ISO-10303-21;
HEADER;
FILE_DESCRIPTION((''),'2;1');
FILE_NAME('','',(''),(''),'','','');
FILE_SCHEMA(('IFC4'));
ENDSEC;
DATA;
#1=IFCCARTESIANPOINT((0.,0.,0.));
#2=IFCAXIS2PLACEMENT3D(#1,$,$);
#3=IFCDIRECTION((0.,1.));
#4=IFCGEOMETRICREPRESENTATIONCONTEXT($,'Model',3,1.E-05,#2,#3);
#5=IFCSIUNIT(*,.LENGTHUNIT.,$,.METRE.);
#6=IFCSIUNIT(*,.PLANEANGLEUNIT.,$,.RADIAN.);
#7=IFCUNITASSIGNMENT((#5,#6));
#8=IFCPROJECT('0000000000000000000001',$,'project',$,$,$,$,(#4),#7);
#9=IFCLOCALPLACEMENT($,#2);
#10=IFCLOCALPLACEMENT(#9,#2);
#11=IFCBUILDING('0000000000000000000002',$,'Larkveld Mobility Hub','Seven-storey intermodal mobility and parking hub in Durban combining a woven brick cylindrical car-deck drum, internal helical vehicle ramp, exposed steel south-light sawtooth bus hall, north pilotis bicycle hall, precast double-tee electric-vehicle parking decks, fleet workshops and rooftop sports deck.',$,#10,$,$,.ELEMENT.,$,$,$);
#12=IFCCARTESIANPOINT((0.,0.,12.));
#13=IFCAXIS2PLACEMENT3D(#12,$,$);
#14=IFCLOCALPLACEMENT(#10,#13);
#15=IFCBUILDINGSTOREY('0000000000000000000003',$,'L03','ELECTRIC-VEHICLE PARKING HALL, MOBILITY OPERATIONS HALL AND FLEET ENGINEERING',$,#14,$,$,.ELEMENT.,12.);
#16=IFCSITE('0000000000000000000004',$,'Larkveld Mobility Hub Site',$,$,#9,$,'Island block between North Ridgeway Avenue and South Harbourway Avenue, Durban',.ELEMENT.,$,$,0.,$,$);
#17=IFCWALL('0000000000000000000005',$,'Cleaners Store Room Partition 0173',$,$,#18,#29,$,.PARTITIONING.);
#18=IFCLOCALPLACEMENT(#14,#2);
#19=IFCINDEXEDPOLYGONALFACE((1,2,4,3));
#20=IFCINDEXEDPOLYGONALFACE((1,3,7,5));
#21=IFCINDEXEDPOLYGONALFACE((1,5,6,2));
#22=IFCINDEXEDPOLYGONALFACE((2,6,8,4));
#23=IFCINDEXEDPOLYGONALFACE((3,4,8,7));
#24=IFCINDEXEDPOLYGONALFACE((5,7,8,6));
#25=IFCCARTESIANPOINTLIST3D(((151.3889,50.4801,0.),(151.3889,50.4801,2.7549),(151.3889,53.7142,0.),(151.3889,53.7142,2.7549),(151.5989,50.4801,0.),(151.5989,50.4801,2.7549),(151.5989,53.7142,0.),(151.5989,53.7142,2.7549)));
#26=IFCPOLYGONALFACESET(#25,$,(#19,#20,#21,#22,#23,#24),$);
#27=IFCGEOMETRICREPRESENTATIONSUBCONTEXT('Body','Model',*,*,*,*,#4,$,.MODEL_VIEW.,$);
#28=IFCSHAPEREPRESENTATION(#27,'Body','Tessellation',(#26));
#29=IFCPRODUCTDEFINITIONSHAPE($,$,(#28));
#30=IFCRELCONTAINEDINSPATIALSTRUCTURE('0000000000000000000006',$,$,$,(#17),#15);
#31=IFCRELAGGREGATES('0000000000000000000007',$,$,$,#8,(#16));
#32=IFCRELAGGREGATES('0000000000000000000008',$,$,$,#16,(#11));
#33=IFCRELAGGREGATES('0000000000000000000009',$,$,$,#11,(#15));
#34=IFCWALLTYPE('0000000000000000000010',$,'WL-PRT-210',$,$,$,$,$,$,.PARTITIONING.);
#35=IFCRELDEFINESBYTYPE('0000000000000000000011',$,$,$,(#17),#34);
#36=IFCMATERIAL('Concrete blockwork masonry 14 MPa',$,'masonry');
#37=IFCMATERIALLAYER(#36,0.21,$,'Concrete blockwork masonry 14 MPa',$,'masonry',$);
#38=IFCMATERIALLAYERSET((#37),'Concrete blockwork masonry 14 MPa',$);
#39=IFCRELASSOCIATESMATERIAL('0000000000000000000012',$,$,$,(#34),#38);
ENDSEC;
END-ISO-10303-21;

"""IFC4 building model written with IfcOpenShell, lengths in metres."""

from ifc_helpers import new_model, si_unit, direction, frame, frame_2d, origin, place, context, subcontext, project, spatial, rectangle, extrude, material, layer, layer_set, type_object, element, save


model = new_model("IFC4")

# Units and contexts
model_context = context("Model", 3, precision=1e-05, world=origin(), true_north=direction((0.0, 1.0)))
body_context = subcontext(model_context, "Body", "Model", "MODEL_VIEW")
ifc_project = project(units=[si_unit("LENGTHUNIT", "METRE"), si_unit("PLANEANGLEUNIT", "RADIAN")], contexts=[model_context])

# Site, building, storey
site_placement = place(None, origin())
site = spatial("IfcSite", under=ifc_project, at=site_placement, Name="Larkveld Mobility Hub Site", LongName="Island block between North Ridgeway Avenue and South Harbourway Avenue, Durban", CompositionType="ELEMENT", RefElevation=0.0)
building_placement = place(site_placement, origin())
building = spatial("IfcBuilding", under=site, at=building_placement, Name="Larkveld Mobility Hub", Description="Seven-storey intermodal mobility and parking hub in Durban combining a woven brick cylindrical car-deck drum, internal helical vehicle ramp, exposed steel south-light sawtooth bus hall, north pilotis bicycle hall, precast double-tee electric-vehicle parking decks, fleet workshops and rooftop sports deck.", CompositionType="ELEMENT")
storey_placement = place(building_placement, frame((0.0, 0.0, 12.0)))
storey = spatial("IfcBuildingStorey", under=building, at=storey_placement, Name="L03", Description="ELECTRIC-VEHICLE PARKING HALL, MOBILITY OPERATIONS HALL AND FLEET ENGINEERING", CompositionType="ELEMENT", Elevation=12.0)

# Shared definitions
ifc_material_1 = material(Name="Concrete blockwork masonry 14 MPa", Category="masonry")

# Shared definitions
ifc_layer_1 = layer(ifc_material_1, 0.21, Name="Concrete blockwork masonry 14 MPa", Category="masonry")
ifc_layer_set_1 = layer_set([ifc_layer_1], Name="Concrete blockwork masonry 14 MPa")
wall_type_1 = type_object("IfcWallType", Name="WL-PRT-210", PredefinedType="PARTITIONING", material=ifc_layer_set_1)

# Wall
wall_1_placement = place(storey_placement, frame((151.4939, 50.48, 0.0), z_axis=(0.0, 0.0, 1.0), x_axis=(0.0, 1.0, 0.0)))
element("IfcWall", 1, at=wall_1_placement, inside=storey, type_object=wall_type_1, Name="Cleaners Store Room Partition 0173", PredefinedType="PARTITIONING", context=body_context, shape_type="SweptSolid", body=[
    extrude(rectangle(XDim=3.2341, YDim=0.21, at=frame_2d((1.6172, 0.0))), origin(), (0.0, 0.0, 1.0), 2.7549),
])

save(model, "model.ifc")
